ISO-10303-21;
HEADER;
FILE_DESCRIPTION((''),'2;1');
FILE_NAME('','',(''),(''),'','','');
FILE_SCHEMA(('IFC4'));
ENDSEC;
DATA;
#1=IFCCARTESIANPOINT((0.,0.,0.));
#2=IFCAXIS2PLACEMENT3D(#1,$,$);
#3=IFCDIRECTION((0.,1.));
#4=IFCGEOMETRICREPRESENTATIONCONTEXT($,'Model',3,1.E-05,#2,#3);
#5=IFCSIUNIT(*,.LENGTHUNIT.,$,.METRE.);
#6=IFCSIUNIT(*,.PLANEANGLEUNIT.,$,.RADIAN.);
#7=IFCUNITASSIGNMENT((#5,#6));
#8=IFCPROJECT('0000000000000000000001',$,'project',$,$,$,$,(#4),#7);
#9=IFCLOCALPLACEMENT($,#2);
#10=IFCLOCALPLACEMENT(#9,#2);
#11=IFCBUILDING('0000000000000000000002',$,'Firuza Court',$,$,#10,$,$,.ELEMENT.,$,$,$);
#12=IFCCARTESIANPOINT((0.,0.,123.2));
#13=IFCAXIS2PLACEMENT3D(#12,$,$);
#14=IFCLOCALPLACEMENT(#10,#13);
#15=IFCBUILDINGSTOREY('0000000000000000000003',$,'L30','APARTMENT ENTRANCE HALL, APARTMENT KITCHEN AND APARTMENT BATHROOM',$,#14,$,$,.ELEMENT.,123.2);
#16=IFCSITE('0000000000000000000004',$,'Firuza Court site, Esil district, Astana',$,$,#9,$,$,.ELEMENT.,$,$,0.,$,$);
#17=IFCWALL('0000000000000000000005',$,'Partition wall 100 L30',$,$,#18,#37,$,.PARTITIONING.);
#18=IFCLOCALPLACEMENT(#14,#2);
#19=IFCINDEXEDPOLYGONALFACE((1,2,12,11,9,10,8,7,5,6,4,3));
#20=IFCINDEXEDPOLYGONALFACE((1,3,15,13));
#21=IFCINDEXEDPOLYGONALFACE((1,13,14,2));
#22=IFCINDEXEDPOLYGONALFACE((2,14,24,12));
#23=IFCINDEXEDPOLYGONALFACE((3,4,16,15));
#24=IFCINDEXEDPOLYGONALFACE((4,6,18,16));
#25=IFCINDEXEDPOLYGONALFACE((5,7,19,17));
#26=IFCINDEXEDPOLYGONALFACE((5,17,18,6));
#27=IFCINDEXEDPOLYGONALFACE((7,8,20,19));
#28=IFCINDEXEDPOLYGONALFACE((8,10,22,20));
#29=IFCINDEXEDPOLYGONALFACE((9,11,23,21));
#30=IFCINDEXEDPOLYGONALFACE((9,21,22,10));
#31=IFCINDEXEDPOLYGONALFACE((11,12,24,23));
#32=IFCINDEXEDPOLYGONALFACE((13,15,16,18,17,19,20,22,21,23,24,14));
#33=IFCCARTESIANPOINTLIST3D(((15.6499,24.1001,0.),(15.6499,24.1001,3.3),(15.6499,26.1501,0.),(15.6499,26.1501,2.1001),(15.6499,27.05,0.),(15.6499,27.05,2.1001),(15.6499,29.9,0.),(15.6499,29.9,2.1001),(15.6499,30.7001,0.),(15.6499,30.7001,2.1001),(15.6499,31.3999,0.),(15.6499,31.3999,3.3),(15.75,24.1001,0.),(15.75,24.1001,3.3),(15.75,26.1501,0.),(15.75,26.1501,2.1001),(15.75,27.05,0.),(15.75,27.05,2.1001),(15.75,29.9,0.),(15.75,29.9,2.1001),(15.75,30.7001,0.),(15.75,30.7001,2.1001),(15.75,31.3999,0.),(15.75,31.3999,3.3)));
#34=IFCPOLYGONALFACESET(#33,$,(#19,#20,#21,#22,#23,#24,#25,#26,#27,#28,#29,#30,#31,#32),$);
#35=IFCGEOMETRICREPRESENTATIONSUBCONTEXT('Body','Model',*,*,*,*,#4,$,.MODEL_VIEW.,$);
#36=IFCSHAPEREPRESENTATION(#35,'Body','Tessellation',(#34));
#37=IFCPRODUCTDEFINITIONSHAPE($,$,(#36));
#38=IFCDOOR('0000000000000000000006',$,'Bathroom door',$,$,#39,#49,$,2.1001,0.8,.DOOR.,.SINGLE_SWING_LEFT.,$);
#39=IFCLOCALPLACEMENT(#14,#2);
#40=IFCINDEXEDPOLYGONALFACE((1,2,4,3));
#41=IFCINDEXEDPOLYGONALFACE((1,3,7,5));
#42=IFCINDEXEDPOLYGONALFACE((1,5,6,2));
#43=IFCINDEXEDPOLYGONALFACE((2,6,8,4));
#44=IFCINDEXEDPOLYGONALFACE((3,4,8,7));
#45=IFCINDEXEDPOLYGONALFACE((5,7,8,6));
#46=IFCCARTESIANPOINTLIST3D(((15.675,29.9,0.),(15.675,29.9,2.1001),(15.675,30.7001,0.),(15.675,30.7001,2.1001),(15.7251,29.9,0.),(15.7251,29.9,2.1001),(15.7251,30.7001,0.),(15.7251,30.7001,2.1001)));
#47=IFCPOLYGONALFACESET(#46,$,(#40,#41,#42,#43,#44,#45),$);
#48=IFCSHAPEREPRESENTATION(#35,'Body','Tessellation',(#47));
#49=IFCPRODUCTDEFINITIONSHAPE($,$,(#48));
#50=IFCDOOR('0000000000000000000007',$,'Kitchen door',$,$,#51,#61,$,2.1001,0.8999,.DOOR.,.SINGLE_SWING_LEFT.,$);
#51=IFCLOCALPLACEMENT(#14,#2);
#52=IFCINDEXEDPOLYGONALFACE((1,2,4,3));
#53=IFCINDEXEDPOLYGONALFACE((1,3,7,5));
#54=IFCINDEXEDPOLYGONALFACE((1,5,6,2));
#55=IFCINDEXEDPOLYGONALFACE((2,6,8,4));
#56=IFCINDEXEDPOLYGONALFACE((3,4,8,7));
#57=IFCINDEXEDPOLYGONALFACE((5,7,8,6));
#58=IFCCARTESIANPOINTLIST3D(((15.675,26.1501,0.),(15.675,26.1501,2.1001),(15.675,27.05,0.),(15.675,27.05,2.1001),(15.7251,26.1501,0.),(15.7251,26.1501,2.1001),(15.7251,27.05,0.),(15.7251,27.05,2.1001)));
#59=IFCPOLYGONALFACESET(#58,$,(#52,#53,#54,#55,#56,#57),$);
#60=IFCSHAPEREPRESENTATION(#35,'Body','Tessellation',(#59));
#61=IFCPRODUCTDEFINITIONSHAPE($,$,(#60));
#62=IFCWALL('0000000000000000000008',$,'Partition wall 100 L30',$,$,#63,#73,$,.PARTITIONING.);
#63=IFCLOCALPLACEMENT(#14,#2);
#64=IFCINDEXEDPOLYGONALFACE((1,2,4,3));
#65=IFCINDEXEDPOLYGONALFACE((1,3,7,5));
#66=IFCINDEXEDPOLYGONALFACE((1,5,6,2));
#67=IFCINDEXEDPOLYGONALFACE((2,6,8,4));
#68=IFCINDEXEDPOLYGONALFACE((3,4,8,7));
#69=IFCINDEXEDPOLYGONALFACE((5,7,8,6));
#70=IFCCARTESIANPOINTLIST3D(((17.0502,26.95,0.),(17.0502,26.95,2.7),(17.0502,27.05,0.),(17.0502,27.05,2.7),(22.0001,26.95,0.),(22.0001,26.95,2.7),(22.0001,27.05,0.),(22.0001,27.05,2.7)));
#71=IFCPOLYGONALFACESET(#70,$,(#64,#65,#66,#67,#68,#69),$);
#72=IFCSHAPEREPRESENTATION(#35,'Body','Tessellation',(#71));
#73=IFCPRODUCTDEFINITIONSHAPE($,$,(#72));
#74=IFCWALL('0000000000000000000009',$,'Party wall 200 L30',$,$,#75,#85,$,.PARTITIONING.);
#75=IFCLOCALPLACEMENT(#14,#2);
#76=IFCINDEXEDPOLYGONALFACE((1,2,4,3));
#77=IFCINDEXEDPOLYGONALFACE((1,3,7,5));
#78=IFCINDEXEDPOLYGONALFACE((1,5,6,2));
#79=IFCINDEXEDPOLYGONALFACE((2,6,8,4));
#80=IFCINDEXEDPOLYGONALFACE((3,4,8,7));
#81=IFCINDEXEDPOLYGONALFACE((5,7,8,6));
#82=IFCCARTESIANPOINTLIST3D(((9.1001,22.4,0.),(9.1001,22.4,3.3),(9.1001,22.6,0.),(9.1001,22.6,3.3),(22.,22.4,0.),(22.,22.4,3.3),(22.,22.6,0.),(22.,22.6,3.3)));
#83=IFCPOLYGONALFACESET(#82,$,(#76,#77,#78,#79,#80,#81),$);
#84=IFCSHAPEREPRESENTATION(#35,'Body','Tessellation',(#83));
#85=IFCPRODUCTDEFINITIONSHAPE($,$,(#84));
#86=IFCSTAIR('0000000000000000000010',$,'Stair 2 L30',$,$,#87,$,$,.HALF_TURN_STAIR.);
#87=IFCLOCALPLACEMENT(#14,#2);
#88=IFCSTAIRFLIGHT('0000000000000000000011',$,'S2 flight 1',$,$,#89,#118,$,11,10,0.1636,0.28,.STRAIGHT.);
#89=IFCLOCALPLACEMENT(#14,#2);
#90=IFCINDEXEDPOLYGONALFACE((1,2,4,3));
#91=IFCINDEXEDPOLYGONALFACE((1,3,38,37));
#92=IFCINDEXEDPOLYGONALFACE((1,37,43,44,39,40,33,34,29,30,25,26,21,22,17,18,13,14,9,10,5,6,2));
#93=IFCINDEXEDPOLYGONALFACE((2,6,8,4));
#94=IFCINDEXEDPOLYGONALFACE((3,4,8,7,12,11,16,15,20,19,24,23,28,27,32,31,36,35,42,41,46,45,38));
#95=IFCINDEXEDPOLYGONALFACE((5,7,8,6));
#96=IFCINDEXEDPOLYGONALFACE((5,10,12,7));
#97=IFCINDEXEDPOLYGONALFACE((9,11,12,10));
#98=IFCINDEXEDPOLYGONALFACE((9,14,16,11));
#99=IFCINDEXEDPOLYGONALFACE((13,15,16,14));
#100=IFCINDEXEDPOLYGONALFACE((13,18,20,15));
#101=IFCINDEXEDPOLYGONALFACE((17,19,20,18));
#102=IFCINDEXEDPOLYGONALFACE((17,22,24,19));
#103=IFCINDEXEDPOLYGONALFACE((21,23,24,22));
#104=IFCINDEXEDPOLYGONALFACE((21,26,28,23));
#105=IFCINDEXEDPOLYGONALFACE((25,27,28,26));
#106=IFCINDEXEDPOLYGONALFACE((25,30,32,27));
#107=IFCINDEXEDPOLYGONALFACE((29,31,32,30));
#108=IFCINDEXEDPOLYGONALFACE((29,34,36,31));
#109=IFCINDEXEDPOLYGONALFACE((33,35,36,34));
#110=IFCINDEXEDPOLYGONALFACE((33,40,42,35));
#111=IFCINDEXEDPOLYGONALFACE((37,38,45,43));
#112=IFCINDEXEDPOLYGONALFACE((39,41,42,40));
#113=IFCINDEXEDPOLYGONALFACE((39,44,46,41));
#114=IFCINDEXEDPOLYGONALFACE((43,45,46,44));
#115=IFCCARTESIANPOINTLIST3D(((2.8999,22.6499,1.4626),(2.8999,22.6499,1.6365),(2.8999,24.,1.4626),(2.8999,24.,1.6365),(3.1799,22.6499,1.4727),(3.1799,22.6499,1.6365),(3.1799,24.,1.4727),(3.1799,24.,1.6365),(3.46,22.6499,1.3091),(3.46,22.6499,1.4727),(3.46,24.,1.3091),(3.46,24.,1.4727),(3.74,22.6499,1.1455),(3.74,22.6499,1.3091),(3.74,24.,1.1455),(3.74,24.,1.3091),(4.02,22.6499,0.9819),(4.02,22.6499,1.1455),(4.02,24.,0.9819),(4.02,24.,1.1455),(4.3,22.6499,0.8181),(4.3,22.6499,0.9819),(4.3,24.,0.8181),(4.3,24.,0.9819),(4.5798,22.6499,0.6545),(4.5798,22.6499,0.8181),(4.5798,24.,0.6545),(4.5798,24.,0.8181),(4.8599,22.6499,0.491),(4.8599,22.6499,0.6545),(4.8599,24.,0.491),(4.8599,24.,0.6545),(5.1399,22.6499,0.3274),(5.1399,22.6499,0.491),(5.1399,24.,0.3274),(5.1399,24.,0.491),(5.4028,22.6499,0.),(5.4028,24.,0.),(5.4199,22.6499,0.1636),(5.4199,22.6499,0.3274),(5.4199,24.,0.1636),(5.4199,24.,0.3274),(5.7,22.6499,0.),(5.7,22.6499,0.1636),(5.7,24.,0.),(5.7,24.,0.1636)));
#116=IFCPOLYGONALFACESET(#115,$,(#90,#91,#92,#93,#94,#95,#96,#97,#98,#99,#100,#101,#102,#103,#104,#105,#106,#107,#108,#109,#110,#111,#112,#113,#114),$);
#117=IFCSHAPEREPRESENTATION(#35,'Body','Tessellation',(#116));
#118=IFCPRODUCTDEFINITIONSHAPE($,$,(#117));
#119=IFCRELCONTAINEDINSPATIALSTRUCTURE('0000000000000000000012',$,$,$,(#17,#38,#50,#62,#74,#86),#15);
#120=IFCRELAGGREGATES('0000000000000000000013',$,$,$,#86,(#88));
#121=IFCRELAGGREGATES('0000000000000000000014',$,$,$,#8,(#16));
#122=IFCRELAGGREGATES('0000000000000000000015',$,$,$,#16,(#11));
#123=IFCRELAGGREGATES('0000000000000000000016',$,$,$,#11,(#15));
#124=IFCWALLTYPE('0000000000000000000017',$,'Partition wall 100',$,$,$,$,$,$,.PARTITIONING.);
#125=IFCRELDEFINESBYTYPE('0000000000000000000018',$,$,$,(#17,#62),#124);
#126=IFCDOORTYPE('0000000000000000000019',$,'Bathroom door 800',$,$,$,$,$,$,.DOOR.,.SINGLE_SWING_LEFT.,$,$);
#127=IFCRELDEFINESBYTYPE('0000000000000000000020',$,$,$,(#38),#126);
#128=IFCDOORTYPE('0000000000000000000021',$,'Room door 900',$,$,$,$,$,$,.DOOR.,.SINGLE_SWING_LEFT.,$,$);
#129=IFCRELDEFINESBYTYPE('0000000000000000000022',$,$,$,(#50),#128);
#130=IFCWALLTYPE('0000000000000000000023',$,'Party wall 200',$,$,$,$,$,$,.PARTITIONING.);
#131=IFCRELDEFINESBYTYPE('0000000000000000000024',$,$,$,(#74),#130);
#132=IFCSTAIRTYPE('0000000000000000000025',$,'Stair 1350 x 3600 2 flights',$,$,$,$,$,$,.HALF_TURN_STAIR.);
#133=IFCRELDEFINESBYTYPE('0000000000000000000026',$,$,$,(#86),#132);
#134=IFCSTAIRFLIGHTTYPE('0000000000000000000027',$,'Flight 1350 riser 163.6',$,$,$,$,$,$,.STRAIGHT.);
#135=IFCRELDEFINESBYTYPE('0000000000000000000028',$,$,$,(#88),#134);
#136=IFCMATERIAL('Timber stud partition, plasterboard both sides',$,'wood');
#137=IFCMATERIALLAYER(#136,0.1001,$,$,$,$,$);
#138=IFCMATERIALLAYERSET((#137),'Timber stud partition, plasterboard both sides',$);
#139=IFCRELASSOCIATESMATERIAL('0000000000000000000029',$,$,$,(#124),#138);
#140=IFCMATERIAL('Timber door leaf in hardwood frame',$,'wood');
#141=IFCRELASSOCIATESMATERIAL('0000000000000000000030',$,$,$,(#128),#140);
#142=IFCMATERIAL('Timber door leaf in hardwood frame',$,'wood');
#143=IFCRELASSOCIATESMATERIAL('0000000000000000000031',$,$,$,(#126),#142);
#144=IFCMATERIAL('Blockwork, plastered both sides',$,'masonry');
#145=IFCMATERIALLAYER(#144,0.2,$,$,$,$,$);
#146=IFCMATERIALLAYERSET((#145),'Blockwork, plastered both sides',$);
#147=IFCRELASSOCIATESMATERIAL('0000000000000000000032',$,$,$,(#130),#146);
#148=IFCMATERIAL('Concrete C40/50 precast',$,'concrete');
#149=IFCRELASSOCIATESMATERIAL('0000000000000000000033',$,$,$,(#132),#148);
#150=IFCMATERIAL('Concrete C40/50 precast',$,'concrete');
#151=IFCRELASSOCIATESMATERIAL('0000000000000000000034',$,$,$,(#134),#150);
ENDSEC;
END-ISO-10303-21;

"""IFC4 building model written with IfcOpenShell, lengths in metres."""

from ifc_helpers import new_model, si_unit, direction, frame, frame_2d, origin, place, context, subcontext, project, spatial, polyline, rectangle, outline, extrude, material, layer, layer_set, type_object, element, fill, aggregate, save


model = new_model("IFC4")

# Units and contexts
model_context = context("Model", 3, precision=1e-05, world=origin(), true_north=direction((0.0, 1.0)))
body_context = subcontext(model_context, "Body", "Model", "MODEL_VIEW")
ifc_project = project(units=[si_unit("LENGTHUNIT", "METRE"), si_unit("PLANEANGLEUNIT", "RADIAN")], contexts=[model_context])

# Site, building, storey
site_placement = place(None, origin())
site = spatial("IfcSite", under=ifc_project, at=site_placement, Name="Firuza Court site, Esil district, Astana", CompositionType="ELEMENT", RefElevation=0.0)
building_placement = place(site_placement, origin())
building = spatial("IfcBuilding", under=site, at=building_placement, Name="Firuza Court", CompositionType="ELEMENT")
storey_placement = place(building_placement, frame((0.0, 0.0, 123.2)))
storey = spatial("IfcBuildingStorey", under=building, at=storey_placement, Name="L30", Description="APARTMENT ENTRANCE HALL, APARTMENT KITCHEN AND APARTMENT BATHROOM", CompositionType="ELEMENT", Elevation=123.2)

# Shared definitions
ifc_material_1 = material(Name="Timber stud partition, plasterboard both sides", Category="wood")
ifc_layer_1 = layer(ifc_material_1, 0.1001)
ifc_layer_set_1 = layer_set([ifc_layer_1], Name="Timber stud partition, plasterboard both sides")
wall_type_1 = type_object("IfcWallType", Name="Partition wall 100", PredefinedType="PARTITIONING", material=ifc_layer_set_1)

# Shared definitions
ifc_material_2 = material(Name="Timber door leaf in hardwood frame", Category="wood")
door_type_1 = type_object("IfcDoorType", Name="Room door 900", OperationType="SINGLE_SWING_LEFT", PredefinedType="DOOR", material=ifc_material_2)

# Wall, openings, doors
wall_1_placement = place(storey_placement, frame((15.7, 24.1001, 0.0), z_axis=(0.0, 0.0, 1.0), x_axis=(0.0, 1.0, 0.0)))
wall_1 = element("IfcWall", 1, at=wall_1_placement, inside=storey, type_object=wall_type_1, Name="Partition wall 100 L30", PredefinedType="PARTITIONING", context=body_context, shape_type="SweptSolid", body=[
    extrude(rectangle(XDim=7.2998, YDim=0.1001, at=frame_2d((3.6499, 0.0))), origin(), (0.0, 0.0, 1.0), 3.3),
])
opening_1_placement = place(wall_1_placement, frame((5.8, 0.0, 0.0)))
opening_1 = element("IfcOpeningElement", 2, at=opening_1_placement, cuts=wall_1, PredefinedType="OPENING", context=body_context, shape_type="SweptSolid", body=[
    extrude(rectangle(XDim=0.8, YDim=2.1001, at=frame_2d((0.3999, 1.05))), frame((0.0, 0.062, 0.0), z_axis=(0.0, -1.0, 0.0), x_axis=(1.0, 0.0, 0.0)), (0.0, 0.0, 1.0), 0.124),
])
opening_2_placement = place(wall_1_placement, frame((2.05, 0.0, 0.0)))
opening_2 = element("IfcOpeningElement", 3, at=opening_2_placement, cuts=wall_1, PredefinedType="OPENING", context=body_context, shape_type="SweptSolid", body=[
    extrude(rectangle(XDim=0.8999, YDim=2.1001, at=frame_2d((0.45, 1.05))), frame((0.0, 0.062, 0.0), z_axis=(0.0, -1.0, 0.0), x_axis=(1.0, 0.0, 0.0)), (0.0, 0.0, 1.0), 0.124),
])
ifc_material_3 = material(Name="Timber door leaf in hardwood frame", Category="wood")
door_type_2 = type_object("IfcDoorType", Name="Bathroom door 800", OperationType="SINGLE_SWING_LEFT", PredefinedType="DOOR", material=ifc_material_3)
door_1_placement = place(opening_1_placement, origin())
door_1 = element("IfcDoor", 4, at=door_1_placement, inside=storey, type_object=door_type_2, Name="Bathroom door", OperationType="SINGLE_SWING_LEFT", OverallHeight=2.1001, OverallWidth=0.8, PredefinedType="DOOR", context=body_context, shape_type="SweptSolid", body=[
    extrude(rectangle(XDim=0.8, YDim=2.1001, at=frame_2d((0.3999, 1.05))), frame((0.0, 0.0249, 0.0), z_axis=(0.0, -1.0, 0.0), x_axis=(1.0, 0.0, 0.0)), (0.0, 0.0, 1.0), 0.05),
])
fill(opening_1, door_1)
door_2_placement = place(opening_2_placement, origin())
door_2 = element("IfcDoor", 5, at=door_2_placement, inside=storey, type_object=door_type_1, Name="Kitchen door", OperationType="SINGLE_SWING_LEFT", OverallHeight=2.1001, OverallWidth=0.8999, PredefinedType="DOOR", context=body_context, shape_type="SweptSolid", body=[
    extrude(rectangle(XDim=0.8999, YDim=2.1001, at=frame_2d((0.45, 1.05))), frame((0.0, 0.0249, 0.0), z_axis=(0.0, -1.0, 0.0), x_axis=(1.0, 0.0, 0.0)), (0.0, 0.0, 1.0), 0.05),
])
fill(opening_2, door_2)

# Walls
wall_2_placement = place(storey_placement, frame((17.05, 27.0, 0.0), z_axis=(0.0, 0.0, 1.0), x_axis=(1.0, 0.0, 0.0)))
element("IfcWall", 6, at=wall_2_placement, inside=storey, type_object=wall_type_1, Name="Partition wall 100 L30", PredefinedType="PARTITIONING", context=body_context, shape_type="SweptSolid", body=[
    extrude(rectangle(XDim=4.95, YDim=0.1001, at=frame_2d((2.4751, 0.0))), origin(), (0.0, 0.0, 1.0), 2.7),
])
ifc_material_4 = material(Name="Blockwork, plastered both sides", Category="masonry")
ifc_layer_2 = layer(ifc_material_4, 0.2)
ifc_layer_set_2 = layer_set([ifc_layer_2], Name="Blockwork, plastered both sides")
wall_type_2 = type_object("IfcWallType", Name="Party wall 200", PredefinedType="PARTITIONING", material=ifc_layer_set_2)
wall_3_placement = place(storey_placement, frame((9.1001, 22.5, 0.0), z_axis=(0.0, 0.0, 1.0), x_axis=(1.0, 0.0, 0.0)))
element("IfcWall", 7, at=wall_3_placement, inside=storey, type_object=wall_type_2, Name="Party wall 200 L30", PredefinedType="PARTITIONING", context=body_context, shape_type="SweptSolid", body=[
    extrude(rectangle(XDim=12.8999, YDim=0.2, at=frame_2d((6.45, 0.0))), origin(), (0.0, 0.0, 1.0), 3.3),
])

# Stair, stair flight
ifc_material_5 = material(Name="Concrete C40/50 precast", Category="concrete")
stair_type = type_object("IfcStairType", Name="Stair 1350 x 3600 2 flights", PredefinedType="HALF_TURN_STAIR", material=ifc_material_5)
stair_placement = place(storey_placement, origin())
stair = element("IfcStair", 8, at=stair_placement, inside=storey, type_object=stair_type, Name="Stair 2 L30", PredefinedType="HALF_TURN_STAIR")
ifc_material_6 = material(Name="Concrete C40/50 precast", Category="concrete")
stair_flight_type = type_object("IfcStairFlightType", Name="Flight 1350 riser 163.6", PredefinedType="STRAIGHT", material=ifc_material_6)
stair_flight_placement = place(storey_placement, frame((5.7, 23.325, 0.0), z_axis=(0.0, 0.0, 1.0), x_axis=(-1.0, 0.0, 0.0)))
stair_flight = element("IfcStairFlight", 9, at=stair_flight_placement, type_object=stair_flight_type, Name="S2 flight 1", NumberOfRisers=11, NumberOfTreads=10, PredefinedType="STRAIGHT", RiserHeight=0.1636, TreadLength=0.28, context=body_context, shape_type="SweptSolid", body=[
    extrude(outline(polyline([(0.0, 0.0), (0.0, 0.1636), (0.28, 0.1636), (0.28, 0.3274), (0.5601, 0.3274), (0.5601, 0.491), (0.8401, 0.491), (0.8401, 0.6545), (1.1201, 0.6545), (1.1201, 0.8181), (1.3999, 0.8181), (1.3999, 0.9819), (1.6799, 0.9819), (1.6799, 1.1455), (1.96, 1.1455), (1.96, 1.3091), (2.24, 1.3091), (2.24, 1.4727), (2.52, 1.4727), (2.52, 1.6365), (2.8, 1.6365), (2.8, 1.8), (2.8, 1.4626), (0.2971, 0.0), (0.0, 0.0)])), frame((0.0, 0.675, 0.0), z_axis=(0.0, -1.0, 0.0), x_axis=(1.0, 0.0, 0.0)), (0.0, 0.0, 1.0), 1.3501),
])
aggregate(stair, [stair_flight])

save(model, "model.ifc")
